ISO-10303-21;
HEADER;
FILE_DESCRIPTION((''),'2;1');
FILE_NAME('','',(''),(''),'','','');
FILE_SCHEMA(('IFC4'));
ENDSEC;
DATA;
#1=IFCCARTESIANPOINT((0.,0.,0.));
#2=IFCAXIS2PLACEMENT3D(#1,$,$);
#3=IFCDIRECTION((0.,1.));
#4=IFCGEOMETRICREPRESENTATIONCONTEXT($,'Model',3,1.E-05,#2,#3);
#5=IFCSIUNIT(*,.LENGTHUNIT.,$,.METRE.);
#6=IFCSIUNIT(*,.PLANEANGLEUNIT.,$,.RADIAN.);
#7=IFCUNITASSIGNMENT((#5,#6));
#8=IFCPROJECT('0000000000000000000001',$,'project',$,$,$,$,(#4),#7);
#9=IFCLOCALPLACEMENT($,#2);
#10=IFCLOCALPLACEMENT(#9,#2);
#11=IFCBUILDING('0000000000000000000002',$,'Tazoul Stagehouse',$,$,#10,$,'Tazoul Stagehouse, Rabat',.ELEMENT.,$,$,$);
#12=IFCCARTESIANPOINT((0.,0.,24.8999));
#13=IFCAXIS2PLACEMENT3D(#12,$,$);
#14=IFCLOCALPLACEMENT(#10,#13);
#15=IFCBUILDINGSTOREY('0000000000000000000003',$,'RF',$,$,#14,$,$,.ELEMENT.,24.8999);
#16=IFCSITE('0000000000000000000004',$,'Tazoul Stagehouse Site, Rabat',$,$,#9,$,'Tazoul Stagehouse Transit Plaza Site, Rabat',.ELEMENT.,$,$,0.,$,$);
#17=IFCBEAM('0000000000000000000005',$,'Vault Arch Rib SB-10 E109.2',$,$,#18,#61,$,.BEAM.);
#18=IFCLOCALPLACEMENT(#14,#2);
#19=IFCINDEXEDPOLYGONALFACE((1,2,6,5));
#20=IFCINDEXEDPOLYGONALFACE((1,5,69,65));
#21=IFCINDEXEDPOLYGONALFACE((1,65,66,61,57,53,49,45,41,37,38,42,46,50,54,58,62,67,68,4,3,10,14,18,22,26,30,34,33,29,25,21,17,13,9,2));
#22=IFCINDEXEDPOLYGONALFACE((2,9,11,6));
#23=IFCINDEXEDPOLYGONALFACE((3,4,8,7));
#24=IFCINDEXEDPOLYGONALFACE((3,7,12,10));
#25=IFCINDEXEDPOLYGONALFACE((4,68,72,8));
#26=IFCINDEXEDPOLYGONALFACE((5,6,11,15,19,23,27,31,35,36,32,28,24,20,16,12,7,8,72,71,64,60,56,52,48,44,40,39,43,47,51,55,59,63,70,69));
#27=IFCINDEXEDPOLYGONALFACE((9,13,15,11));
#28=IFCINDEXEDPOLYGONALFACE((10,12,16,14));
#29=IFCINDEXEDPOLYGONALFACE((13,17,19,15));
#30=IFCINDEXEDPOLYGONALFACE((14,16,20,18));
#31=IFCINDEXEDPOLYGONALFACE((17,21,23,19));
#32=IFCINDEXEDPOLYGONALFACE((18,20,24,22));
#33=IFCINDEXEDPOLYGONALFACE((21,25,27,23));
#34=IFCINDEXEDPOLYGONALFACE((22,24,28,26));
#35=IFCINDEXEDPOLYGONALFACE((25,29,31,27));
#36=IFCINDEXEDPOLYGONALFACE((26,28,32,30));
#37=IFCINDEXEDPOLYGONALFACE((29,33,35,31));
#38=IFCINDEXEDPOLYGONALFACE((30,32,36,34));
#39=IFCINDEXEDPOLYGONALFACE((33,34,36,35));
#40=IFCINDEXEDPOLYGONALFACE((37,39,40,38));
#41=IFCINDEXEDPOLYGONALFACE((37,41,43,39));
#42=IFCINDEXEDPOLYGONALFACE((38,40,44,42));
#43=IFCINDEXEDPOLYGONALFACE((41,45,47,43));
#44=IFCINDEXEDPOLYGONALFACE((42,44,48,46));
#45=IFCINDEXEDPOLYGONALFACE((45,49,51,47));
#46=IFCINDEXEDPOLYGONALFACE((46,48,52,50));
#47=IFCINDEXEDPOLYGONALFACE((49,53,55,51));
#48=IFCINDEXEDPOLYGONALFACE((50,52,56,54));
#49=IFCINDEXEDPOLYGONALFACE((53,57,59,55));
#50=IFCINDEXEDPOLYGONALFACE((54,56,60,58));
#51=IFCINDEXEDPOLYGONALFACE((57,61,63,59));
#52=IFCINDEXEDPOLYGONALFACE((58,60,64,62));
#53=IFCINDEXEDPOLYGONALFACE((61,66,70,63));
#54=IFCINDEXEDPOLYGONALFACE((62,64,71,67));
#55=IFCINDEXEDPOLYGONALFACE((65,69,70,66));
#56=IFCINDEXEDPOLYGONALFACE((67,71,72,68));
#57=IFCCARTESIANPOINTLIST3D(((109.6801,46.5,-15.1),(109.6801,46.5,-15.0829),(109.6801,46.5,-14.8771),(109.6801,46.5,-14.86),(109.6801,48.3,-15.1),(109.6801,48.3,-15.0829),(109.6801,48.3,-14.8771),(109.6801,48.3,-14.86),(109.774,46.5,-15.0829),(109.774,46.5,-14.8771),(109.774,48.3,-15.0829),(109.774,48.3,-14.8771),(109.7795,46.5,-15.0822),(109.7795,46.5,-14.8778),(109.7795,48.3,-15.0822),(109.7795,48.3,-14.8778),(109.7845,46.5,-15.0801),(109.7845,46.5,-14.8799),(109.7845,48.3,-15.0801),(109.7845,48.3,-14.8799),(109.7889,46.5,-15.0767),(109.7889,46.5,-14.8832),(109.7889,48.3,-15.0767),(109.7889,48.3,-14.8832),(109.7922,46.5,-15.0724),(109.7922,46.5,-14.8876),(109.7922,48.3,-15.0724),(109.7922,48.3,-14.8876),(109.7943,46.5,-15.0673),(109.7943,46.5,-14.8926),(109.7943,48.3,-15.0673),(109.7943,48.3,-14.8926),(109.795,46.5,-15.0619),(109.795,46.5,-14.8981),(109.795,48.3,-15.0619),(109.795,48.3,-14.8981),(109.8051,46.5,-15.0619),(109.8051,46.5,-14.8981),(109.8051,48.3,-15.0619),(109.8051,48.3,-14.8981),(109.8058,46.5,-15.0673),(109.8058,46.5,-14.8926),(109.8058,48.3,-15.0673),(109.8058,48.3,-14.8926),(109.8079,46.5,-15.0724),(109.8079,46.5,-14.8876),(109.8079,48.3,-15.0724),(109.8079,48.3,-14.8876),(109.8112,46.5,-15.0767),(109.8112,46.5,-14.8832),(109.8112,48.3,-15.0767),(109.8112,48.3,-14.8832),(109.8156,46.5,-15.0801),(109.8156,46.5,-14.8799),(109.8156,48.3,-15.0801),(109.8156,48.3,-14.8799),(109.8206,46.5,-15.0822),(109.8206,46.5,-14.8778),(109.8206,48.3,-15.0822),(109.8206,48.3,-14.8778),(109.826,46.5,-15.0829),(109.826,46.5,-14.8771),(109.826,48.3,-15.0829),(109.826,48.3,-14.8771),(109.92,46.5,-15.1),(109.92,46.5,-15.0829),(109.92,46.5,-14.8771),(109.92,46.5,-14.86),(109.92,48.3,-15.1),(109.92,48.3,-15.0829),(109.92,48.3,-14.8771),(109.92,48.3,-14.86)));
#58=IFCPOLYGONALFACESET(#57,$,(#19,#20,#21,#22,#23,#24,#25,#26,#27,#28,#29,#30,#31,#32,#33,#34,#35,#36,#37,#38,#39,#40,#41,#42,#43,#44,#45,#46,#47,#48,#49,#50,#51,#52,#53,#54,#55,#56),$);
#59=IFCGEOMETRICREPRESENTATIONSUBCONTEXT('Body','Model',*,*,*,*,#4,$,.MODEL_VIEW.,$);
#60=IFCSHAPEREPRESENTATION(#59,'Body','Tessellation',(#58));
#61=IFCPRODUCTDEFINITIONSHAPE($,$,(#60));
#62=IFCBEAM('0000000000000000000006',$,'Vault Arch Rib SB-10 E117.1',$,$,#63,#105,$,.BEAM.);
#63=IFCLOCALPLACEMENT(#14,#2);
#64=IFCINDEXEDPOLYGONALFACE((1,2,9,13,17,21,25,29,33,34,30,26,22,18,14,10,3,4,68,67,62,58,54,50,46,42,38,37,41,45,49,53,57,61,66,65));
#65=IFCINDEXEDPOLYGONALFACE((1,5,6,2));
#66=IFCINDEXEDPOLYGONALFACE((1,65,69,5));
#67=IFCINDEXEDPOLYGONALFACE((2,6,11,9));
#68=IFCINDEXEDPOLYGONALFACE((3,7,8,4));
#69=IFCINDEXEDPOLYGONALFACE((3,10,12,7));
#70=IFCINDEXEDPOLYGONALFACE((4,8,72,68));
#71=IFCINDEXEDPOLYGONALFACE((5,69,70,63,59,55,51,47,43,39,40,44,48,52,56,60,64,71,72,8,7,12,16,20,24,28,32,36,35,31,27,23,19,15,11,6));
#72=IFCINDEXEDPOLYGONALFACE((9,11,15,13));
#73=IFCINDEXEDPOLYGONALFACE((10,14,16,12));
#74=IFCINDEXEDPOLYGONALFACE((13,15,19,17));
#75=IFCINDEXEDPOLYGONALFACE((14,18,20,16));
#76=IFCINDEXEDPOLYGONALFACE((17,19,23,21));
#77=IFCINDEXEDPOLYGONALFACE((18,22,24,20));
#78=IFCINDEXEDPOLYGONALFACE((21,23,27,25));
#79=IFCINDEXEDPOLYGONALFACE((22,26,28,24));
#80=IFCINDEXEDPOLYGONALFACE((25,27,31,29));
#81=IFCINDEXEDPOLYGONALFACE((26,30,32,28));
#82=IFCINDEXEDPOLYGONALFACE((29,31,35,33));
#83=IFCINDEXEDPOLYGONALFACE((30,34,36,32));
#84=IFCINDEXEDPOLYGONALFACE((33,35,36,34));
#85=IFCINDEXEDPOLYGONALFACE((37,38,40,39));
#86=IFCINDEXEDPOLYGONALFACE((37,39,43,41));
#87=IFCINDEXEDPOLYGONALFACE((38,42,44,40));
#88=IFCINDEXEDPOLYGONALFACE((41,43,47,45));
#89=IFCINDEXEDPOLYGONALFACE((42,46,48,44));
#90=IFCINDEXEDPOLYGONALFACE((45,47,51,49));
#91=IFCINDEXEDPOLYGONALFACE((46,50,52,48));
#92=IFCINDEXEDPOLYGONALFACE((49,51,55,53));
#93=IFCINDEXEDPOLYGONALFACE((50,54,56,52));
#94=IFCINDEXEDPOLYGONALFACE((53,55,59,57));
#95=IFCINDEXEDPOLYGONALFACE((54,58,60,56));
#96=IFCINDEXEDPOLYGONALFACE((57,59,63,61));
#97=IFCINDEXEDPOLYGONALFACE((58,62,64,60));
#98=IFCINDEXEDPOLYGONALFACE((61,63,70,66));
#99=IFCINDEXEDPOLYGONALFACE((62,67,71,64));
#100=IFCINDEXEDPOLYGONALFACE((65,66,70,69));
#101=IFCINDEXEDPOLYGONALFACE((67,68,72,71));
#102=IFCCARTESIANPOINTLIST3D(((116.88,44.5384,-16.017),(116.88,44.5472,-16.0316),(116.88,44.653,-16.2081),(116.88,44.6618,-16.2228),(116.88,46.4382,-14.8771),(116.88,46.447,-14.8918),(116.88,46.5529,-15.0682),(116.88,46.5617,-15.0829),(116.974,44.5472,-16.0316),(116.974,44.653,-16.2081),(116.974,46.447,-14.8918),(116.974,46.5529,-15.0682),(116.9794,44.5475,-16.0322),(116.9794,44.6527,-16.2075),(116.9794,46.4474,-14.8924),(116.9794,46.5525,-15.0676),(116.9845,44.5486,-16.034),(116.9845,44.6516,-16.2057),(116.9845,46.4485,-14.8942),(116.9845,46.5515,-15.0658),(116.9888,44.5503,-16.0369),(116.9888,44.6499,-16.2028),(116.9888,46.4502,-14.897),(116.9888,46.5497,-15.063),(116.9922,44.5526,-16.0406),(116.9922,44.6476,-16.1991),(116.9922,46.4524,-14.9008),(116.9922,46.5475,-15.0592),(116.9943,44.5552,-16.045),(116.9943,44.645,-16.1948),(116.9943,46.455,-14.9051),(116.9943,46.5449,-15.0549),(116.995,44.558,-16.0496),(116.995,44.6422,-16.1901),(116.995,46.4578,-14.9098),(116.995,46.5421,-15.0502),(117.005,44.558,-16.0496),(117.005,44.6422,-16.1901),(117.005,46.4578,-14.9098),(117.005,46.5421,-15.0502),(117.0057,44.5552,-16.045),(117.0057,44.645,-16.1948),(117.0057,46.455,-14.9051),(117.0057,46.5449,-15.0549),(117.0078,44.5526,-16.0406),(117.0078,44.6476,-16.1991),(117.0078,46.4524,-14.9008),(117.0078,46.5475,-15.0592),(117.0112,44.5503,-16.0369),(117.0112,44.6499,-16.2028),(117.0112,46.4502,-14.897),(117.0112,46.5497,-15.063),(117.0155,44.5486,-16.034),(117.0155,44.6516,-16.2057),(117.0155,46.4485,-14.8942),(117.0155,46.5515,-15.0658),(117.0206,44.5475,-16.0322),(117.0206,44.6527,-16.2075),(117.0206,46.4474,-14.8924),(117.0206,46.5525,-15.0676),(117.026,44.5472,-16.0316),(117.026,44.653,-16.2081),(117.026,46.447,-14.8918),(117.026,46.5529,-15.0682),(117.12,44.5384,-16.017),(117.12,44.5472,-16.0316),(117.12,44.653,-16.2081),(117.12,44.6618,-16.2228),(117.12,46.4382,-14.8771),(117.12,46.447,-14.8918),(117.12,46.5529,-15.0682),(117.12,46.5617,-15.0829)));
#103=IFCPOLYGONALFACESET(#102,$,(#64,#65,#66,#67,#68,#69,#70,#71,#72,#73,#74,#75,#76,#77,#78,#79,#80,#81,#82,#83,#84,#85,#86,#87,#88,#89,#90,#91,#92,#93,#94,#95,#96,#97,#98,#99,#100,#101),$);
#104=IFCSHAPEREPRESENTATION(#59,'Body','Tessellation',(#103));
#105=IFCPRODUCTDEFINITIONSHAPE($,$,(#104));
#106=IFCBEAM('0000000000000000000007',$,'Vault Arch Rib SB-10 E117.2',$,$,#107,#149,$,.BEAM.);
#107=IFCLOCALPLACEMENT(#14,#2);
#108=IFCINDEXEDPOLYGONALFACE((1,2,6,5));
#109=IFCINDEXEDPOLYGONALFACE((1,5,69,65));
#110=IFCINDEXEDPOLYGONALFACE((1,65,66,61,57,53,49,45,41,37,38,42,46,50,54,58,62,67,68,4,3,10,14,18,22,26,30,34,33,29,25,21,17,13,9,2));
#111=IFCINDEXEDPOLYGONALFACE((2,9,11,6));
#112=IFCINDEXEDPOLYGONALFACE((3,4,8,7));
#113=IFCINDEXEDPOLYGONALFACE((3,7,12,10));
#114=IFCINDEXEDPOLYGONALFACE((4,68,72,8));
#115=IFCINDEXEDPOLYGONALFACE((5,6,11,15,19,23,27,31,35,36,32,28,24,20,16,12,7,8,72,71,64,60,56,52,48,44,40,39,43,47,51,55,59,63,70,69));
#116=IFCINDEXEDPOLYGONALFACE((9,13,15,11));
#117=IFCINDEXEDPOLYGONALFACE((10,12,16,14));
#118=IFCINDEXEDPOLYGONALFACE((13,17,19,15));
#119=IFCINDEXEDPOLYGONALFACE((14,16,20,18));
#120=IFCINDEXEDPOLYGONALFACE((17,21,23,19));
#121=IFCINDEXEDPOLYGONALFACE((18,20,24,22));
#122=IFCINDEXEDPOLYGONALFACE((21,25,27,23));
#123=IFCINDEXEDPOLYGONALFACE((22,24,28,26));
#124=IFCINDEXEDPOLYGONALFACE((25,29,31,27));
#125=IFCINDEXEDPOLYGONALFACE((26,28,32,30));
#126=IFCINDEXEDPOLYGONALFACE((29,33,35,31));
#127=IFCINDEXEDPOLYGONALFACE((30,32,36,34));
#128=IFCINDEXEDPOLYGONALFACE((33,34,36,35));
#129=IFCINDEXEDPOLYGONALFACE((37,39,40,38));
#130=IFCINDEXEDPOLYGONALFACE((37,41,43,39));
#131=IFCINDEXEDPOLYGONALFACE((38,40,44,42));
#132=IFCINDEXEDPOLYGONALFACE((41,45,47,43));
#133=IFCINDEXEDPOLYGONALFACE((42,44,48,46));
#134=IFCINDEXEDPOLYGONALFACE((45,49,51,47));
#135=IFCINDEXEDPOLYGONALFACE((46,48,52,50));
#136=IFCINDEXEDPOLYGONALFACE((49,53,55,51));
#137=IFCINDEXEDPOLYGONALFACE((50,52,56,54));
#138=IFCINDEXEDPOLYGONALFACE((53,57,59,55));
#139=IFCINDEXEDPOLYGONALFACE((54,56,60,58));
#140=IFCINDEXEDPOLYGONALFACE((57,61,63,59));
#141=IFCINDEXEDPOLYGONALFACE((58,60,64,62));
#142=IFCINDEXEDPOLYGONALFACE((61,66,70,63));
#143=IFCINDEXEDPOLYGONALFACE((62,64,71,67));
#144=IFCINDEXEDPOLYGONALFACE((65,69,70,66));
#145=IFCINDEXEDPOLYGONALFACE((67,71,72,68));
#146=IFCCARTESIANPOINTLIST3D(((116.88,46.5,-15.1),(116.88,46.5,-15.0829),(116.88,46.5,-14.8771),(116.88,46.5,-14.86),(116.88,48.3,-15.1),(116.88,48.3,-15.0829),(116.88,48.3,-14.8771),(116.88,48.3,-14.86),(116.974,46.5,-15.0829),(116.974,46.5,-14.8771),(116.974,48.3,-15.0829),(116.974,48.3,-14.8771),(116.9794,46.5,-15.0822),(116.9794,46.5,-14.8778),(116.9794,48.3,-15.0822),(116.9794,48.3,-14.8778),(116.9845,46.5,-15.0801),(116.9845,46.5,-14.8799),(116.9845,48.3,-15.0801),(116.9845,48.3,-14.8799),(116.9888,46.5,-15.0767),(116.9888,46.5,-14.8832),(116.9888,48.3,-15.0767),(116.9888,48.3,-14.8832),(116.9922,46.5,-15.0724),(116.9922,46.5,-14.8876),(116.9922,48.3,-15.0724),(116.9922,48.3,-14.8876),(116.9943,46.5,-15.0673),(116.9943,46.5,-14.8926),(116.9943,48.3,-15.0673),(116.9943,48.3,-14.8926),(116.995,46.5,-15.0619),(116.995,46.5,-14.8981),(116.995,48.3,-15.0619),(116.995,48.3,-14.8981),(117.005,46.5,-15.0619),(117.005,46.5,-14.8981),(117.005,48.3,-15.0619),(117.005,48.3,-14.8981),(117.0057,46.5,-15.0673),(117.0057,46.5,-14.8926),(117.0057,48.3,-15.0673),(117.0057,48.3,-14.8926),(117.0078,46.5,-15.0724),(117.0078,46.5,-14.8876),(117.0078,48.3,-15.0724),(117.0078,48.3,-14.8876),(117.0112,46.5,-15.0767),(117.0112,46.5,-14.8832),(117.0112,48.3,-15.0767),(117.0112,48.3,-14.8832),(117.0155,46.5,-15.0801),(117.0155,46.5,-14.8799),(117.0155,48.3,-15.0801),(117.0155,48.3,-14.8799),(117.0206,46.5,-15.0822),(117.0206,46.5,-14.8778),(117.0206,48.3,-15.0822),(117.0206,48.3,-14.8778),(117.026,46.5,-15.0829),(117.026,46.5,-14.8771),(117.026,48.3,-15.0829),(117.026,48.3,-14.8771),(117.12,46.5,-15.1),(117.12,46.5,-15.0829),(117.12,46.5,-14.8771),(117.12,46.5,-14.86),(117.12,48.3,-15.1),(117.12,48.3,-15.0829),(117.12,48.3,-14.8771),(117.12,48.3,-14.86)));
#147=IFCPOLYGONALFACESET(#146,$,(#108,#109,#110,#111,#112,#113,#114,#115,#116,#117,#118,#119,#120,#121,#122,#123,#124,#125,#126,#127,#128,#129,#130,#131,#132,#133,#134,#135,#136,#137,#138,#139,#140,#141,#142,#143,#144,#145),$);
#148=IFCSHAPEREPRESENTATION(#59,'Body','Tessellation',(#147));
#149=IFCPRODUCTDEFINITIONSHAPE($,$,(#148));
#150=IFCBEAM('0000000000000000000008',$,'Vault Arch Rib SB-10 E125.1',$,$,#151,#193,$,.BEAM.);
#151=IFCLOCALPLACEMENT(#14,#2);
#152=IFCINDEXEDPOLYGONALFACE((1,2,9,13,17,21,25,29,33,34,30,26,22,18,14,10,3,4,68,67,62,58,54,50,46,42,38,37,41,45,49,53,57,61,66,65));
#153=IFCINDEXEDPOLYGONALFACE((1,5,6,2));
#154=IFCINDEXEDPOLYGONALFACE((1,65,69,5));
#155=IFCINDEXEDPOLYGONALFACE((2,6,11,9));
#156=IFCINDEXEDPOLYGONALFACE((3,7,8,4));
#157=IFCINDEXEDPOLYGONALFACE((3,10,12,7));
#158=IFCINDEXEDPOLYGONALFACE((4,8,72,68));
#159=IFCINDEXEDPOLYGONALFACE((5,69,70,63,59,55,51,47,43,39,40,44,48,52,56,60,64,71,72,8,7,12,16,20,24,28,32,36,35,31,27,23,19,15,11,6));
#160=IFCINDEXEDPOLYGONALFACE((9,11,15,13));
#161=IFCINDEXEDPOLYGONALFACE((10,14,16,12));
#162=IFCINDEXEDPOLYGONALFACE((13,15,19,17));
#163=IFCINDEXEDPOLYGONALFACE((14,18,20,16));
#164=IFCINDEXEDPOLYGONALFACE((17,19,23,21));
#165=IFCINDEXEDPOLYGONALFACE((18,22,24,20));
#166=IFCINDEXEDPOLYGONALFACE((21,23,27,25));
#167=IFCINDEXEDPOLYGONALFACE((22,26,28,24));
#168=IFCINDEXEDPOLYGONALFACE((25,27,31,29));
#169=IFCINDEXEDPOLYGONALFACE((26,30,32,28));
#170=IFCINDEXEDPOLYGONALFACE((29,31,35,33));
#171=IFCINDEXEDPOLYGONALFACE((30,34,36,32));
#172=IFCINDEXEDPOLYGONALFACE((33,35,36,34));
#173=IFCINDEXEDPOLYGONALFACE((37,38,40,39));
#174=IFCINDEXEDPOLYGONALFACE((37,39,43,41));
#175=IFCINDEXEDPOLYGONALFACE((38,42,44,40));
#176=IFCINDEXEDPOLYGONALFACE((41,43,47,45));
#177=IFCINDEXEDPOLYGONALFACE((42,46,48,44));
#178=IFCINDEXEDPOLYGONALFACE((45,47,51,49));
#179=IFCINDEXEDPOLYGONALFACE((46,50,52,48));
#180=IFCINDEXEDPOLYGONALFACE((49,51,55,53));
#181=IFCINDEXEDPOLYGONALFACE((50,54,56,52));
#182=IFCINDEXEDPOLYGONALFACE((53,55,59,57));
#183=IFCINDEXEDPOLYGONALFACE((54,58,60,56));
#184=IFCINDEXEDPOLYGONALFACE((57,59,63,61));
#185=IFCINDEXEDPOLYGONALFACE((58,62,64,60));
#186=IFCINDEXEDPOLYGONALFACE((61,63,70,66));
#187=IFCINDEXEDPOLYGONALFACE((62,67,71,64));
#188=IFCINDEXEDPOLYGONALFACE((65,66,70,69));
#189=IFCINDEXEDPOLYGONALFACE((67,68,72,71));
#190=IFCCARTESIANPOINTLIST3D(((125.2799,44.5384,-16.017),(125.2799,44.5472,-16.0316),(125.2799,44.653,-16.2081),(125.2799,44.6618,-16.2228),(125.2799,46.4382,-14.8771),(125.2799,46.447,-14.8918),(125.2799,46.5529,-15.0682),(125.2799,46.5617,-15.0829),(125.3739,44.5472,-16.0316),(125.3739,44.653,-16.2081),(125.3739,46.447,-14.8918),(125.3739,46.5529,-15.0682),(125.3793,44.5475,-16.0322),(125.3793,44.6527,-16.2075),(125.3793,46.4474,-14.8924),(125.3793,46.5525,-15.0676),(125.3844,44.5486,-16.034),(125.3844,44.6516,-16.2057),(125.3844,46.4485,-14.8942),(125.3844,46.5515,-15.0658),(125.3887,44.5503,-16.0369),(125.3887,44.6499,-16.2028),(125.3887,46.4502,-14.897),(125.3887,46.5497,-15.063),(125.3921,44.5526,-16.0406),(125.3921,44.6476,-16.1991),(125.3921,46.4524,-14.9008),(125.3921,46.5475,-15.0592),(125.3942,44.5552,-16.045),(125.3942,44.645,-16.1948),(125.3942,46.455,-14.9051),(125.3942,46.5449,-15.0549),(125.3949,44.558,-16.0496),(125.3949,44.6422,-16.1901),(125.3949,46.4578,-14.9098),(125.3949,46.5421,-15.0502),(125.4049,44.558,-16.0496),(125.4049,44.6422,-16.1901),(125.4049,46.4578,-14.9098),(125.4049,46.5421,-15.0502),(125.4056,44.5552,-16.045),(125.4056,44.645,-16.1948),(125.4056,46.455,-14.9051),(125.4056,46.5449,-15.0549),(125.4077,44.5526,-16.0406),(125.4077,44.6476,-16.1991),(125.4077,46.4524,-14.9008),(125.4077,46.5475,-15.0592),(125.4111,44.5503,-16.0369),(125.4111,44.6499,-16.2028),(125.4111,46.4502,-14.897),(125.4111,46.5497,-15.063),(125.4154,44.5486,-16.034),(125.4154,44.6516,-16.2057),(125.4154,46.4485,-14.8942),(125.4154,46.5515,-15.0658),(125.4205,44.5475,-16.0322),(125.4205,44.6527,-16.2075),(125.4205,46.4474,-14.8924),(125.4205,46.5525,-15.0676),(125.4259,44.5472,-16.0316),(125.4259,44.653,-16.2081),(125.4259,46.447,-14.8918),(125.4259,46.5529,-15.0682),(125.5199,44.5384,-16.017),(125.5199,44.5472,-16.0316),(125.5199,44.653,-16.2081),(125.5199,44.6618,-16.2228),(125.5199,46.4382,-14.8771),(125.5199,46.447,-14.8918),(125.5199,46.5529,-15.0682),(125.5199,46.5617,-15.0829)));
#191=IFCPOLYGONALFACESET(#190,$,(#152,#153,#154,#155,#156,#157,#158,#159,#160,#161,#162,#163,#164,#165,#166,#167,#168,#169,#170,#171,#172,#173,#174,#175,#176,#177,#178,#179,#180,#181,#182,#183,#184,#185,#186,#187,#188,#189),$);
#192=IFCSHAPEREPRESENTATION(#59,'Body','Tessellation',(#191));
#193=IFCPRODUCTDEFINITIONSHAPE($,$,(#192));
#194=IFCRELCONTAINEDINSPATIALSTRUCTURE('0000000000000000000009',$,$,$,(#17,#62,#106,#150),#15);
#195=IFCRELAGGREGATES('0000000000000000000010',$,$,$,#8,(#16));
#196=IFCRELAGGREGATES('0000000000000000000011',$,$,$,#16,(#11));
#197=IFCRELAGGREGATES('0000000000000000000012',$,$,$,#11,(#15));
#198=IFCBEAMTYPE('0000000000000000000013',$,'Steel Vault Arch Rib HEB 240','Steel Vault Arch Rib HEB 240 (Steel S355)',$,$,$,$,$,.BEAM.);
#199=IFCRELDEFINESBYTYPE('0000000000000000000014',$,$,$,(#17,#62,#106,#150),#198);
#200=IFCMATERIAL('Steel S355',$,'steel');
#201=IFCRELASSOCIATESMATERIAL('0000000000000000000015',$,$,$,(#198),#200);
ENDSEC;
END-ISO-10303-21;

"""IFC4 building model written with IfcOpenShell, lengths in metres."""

from ifc_helpers import new_model, si_unit, direction, frame, origin, origin_2d, place, context, subcontext, project, spatial, i_section, extrude, material, material_profile, profile_set, type_object, element, save


model = new_model("IFC4")

# Units and contexts
model_context = context("Model", 3, precision=1e-05, world=origin(), true_north=direction((0.0, 1.0)))
body_context = subcontext(model_context, "Body", "Model", "MODEL_VIEW")
ifc_project = project(units=[si_unit("LENGTHUNIT", "METRE"), si_unit("PLANEANGLEUNIT", "RADIAN")], contexts=[model_context])

# Site, building, storey
site_placement = place(None, origin())
site = spatial("IfcSite", under=ifc_project, at=site_placement, Name="Tazoul Stagehouse Site, Rabat", LongName="Tazoul Stagehouse Transit Plaza Site, Rabat", CompositionType="ELEMENT", RefElevation=0.0)
building_placement = place(site_placement, origin())
building = spatial("IfcBuilding", under=site, at=building_placement, Name="Tazoul Stagehouse", LongName="Tazoul Stagehouse, Rabat", CompositionType="ELEMENT")
storey_placement = place(building_placement, frame((0.0, 0.0, 24.8999)))
storey = spatial("IfcBuildingStorey", under=building, at=storey_placement, Name="RF", CompositionType="ELEMENT", Elevation=24.8999)

# Shared definitions
ifc_material_1 = material(Name="Steel S355", Category="steel")

# Beams
ifc_material_profile_1 = material_profile(ifc_material_1, i_section(OverallWidth=0.24, OverallDepth=0.24, WebThickness=0.01, FlangeThickness=0.0171, FilletRadius=0.021, at=origin_2d()), Name="HEB 240")
ifc_profile_set_1 = profile_set([ifc_material_profile_1], Name="Steel S355")
beam_type = type_object("IfcBeamType", Name="Steel Vault Arch Rib HEB 240", Description="Steel Vault Arch Rib HEB 240 (Steel S355)", PredefinedType="BEAM", material=ifc_profile_set_1)
beam_1_placement = place(storey_placement, frame((109.8, 46.5, -14.98), z_axis=(0.0, 1.0, 0.0), x_axis=(-1.0, 0.0, 0.0)))
element("IfcBeam", 1, at=beam_1_placement, inside=storey, type_object=beam_type, Name="Vault Arch Rib SB-10 E109.2", PredefinedType="BEAM", context=body_context, shape_type="SweptSolid", body=[
    extrude(i_section(OverallWidth=0.24, OverallDepth=0.24, WebThickness=0.01, FlangeThickness=0.0171, FilletRadius=0.021, at=origin_2d()), origin(), (0.0, 0.0, 1.0), 1.8),
])
beam_2_placement = place(storey_placement, frame((117.0, 44.6001, -16.1199), z_axis=(0.0, 0.857503, 0.51448), x_axis=(-1.0, 0.0, 0.0)))
element("IfcBeam", 2, at=beam_2_placement, inside=storey, type_object=beam_type, Name="Vault Arch Rib SB-10 E117.1", PredefinedType="BEAM", context=body_context, shape_type="SweptSolid", body=[
    extrude(i_section(OverallWidth=0.24, OverallDepth=0.24, WebThickness=0.01, FlangeThickness=0.0171, FilletRadius=0.021, at=origin_2d()), origin(), (0.0, 0.0, 1.0), 2.2156),
])
beam_3_placement = place(storey_placement, frame((117.0, 46.5, -14.98), z_axis=(0.0, 1.0, 0.0), x_axis=(-1.0, 0.0, 0.0)))
element("IfcBeam", 3, at=beam_3_placement, inside=storey, type_object=beam_type, Name="Vault Arch Rib SB-10 E117.2", PredefinedType="BEAM", context=body_context, shape_type="SweptSolid", body=[
    extrude(i_section(OverallWidth=0.24, OverallDepth=0.24, WebThickness=0.01, FlangeThickness=0.0171, FilletRadius=0.021, at=origin_2d()), origin(), (0.0, 0.0, 1.0), 1.8),
])
beam_4_placement = place(storey_placement, frame((125.3999, 44.6001, -16.1199), z_axis=(0.0, 0.857503, 0.51448), x_axis=(-1.0, 0.0, 0.0)))
element("IfcBeam", 4, at=beam_4_placement, inside=storey, type_object=beam_type, Name="Vault Arch Rib SB-10 E125.1", PredefinedType="BEAM", context=body_context, shape_type="SweptSolid", body=[
    extrude(i_section(OverallWidth=0.24, OverallDepth=0.24, WebThickness=0.01, FlangeThickness=0.0171, FilletRadius=0.021, at=origin_2d()), origin(), (0.0, 0.0, 1.0), 2.2156),
])

save(model, "model.ifc")
